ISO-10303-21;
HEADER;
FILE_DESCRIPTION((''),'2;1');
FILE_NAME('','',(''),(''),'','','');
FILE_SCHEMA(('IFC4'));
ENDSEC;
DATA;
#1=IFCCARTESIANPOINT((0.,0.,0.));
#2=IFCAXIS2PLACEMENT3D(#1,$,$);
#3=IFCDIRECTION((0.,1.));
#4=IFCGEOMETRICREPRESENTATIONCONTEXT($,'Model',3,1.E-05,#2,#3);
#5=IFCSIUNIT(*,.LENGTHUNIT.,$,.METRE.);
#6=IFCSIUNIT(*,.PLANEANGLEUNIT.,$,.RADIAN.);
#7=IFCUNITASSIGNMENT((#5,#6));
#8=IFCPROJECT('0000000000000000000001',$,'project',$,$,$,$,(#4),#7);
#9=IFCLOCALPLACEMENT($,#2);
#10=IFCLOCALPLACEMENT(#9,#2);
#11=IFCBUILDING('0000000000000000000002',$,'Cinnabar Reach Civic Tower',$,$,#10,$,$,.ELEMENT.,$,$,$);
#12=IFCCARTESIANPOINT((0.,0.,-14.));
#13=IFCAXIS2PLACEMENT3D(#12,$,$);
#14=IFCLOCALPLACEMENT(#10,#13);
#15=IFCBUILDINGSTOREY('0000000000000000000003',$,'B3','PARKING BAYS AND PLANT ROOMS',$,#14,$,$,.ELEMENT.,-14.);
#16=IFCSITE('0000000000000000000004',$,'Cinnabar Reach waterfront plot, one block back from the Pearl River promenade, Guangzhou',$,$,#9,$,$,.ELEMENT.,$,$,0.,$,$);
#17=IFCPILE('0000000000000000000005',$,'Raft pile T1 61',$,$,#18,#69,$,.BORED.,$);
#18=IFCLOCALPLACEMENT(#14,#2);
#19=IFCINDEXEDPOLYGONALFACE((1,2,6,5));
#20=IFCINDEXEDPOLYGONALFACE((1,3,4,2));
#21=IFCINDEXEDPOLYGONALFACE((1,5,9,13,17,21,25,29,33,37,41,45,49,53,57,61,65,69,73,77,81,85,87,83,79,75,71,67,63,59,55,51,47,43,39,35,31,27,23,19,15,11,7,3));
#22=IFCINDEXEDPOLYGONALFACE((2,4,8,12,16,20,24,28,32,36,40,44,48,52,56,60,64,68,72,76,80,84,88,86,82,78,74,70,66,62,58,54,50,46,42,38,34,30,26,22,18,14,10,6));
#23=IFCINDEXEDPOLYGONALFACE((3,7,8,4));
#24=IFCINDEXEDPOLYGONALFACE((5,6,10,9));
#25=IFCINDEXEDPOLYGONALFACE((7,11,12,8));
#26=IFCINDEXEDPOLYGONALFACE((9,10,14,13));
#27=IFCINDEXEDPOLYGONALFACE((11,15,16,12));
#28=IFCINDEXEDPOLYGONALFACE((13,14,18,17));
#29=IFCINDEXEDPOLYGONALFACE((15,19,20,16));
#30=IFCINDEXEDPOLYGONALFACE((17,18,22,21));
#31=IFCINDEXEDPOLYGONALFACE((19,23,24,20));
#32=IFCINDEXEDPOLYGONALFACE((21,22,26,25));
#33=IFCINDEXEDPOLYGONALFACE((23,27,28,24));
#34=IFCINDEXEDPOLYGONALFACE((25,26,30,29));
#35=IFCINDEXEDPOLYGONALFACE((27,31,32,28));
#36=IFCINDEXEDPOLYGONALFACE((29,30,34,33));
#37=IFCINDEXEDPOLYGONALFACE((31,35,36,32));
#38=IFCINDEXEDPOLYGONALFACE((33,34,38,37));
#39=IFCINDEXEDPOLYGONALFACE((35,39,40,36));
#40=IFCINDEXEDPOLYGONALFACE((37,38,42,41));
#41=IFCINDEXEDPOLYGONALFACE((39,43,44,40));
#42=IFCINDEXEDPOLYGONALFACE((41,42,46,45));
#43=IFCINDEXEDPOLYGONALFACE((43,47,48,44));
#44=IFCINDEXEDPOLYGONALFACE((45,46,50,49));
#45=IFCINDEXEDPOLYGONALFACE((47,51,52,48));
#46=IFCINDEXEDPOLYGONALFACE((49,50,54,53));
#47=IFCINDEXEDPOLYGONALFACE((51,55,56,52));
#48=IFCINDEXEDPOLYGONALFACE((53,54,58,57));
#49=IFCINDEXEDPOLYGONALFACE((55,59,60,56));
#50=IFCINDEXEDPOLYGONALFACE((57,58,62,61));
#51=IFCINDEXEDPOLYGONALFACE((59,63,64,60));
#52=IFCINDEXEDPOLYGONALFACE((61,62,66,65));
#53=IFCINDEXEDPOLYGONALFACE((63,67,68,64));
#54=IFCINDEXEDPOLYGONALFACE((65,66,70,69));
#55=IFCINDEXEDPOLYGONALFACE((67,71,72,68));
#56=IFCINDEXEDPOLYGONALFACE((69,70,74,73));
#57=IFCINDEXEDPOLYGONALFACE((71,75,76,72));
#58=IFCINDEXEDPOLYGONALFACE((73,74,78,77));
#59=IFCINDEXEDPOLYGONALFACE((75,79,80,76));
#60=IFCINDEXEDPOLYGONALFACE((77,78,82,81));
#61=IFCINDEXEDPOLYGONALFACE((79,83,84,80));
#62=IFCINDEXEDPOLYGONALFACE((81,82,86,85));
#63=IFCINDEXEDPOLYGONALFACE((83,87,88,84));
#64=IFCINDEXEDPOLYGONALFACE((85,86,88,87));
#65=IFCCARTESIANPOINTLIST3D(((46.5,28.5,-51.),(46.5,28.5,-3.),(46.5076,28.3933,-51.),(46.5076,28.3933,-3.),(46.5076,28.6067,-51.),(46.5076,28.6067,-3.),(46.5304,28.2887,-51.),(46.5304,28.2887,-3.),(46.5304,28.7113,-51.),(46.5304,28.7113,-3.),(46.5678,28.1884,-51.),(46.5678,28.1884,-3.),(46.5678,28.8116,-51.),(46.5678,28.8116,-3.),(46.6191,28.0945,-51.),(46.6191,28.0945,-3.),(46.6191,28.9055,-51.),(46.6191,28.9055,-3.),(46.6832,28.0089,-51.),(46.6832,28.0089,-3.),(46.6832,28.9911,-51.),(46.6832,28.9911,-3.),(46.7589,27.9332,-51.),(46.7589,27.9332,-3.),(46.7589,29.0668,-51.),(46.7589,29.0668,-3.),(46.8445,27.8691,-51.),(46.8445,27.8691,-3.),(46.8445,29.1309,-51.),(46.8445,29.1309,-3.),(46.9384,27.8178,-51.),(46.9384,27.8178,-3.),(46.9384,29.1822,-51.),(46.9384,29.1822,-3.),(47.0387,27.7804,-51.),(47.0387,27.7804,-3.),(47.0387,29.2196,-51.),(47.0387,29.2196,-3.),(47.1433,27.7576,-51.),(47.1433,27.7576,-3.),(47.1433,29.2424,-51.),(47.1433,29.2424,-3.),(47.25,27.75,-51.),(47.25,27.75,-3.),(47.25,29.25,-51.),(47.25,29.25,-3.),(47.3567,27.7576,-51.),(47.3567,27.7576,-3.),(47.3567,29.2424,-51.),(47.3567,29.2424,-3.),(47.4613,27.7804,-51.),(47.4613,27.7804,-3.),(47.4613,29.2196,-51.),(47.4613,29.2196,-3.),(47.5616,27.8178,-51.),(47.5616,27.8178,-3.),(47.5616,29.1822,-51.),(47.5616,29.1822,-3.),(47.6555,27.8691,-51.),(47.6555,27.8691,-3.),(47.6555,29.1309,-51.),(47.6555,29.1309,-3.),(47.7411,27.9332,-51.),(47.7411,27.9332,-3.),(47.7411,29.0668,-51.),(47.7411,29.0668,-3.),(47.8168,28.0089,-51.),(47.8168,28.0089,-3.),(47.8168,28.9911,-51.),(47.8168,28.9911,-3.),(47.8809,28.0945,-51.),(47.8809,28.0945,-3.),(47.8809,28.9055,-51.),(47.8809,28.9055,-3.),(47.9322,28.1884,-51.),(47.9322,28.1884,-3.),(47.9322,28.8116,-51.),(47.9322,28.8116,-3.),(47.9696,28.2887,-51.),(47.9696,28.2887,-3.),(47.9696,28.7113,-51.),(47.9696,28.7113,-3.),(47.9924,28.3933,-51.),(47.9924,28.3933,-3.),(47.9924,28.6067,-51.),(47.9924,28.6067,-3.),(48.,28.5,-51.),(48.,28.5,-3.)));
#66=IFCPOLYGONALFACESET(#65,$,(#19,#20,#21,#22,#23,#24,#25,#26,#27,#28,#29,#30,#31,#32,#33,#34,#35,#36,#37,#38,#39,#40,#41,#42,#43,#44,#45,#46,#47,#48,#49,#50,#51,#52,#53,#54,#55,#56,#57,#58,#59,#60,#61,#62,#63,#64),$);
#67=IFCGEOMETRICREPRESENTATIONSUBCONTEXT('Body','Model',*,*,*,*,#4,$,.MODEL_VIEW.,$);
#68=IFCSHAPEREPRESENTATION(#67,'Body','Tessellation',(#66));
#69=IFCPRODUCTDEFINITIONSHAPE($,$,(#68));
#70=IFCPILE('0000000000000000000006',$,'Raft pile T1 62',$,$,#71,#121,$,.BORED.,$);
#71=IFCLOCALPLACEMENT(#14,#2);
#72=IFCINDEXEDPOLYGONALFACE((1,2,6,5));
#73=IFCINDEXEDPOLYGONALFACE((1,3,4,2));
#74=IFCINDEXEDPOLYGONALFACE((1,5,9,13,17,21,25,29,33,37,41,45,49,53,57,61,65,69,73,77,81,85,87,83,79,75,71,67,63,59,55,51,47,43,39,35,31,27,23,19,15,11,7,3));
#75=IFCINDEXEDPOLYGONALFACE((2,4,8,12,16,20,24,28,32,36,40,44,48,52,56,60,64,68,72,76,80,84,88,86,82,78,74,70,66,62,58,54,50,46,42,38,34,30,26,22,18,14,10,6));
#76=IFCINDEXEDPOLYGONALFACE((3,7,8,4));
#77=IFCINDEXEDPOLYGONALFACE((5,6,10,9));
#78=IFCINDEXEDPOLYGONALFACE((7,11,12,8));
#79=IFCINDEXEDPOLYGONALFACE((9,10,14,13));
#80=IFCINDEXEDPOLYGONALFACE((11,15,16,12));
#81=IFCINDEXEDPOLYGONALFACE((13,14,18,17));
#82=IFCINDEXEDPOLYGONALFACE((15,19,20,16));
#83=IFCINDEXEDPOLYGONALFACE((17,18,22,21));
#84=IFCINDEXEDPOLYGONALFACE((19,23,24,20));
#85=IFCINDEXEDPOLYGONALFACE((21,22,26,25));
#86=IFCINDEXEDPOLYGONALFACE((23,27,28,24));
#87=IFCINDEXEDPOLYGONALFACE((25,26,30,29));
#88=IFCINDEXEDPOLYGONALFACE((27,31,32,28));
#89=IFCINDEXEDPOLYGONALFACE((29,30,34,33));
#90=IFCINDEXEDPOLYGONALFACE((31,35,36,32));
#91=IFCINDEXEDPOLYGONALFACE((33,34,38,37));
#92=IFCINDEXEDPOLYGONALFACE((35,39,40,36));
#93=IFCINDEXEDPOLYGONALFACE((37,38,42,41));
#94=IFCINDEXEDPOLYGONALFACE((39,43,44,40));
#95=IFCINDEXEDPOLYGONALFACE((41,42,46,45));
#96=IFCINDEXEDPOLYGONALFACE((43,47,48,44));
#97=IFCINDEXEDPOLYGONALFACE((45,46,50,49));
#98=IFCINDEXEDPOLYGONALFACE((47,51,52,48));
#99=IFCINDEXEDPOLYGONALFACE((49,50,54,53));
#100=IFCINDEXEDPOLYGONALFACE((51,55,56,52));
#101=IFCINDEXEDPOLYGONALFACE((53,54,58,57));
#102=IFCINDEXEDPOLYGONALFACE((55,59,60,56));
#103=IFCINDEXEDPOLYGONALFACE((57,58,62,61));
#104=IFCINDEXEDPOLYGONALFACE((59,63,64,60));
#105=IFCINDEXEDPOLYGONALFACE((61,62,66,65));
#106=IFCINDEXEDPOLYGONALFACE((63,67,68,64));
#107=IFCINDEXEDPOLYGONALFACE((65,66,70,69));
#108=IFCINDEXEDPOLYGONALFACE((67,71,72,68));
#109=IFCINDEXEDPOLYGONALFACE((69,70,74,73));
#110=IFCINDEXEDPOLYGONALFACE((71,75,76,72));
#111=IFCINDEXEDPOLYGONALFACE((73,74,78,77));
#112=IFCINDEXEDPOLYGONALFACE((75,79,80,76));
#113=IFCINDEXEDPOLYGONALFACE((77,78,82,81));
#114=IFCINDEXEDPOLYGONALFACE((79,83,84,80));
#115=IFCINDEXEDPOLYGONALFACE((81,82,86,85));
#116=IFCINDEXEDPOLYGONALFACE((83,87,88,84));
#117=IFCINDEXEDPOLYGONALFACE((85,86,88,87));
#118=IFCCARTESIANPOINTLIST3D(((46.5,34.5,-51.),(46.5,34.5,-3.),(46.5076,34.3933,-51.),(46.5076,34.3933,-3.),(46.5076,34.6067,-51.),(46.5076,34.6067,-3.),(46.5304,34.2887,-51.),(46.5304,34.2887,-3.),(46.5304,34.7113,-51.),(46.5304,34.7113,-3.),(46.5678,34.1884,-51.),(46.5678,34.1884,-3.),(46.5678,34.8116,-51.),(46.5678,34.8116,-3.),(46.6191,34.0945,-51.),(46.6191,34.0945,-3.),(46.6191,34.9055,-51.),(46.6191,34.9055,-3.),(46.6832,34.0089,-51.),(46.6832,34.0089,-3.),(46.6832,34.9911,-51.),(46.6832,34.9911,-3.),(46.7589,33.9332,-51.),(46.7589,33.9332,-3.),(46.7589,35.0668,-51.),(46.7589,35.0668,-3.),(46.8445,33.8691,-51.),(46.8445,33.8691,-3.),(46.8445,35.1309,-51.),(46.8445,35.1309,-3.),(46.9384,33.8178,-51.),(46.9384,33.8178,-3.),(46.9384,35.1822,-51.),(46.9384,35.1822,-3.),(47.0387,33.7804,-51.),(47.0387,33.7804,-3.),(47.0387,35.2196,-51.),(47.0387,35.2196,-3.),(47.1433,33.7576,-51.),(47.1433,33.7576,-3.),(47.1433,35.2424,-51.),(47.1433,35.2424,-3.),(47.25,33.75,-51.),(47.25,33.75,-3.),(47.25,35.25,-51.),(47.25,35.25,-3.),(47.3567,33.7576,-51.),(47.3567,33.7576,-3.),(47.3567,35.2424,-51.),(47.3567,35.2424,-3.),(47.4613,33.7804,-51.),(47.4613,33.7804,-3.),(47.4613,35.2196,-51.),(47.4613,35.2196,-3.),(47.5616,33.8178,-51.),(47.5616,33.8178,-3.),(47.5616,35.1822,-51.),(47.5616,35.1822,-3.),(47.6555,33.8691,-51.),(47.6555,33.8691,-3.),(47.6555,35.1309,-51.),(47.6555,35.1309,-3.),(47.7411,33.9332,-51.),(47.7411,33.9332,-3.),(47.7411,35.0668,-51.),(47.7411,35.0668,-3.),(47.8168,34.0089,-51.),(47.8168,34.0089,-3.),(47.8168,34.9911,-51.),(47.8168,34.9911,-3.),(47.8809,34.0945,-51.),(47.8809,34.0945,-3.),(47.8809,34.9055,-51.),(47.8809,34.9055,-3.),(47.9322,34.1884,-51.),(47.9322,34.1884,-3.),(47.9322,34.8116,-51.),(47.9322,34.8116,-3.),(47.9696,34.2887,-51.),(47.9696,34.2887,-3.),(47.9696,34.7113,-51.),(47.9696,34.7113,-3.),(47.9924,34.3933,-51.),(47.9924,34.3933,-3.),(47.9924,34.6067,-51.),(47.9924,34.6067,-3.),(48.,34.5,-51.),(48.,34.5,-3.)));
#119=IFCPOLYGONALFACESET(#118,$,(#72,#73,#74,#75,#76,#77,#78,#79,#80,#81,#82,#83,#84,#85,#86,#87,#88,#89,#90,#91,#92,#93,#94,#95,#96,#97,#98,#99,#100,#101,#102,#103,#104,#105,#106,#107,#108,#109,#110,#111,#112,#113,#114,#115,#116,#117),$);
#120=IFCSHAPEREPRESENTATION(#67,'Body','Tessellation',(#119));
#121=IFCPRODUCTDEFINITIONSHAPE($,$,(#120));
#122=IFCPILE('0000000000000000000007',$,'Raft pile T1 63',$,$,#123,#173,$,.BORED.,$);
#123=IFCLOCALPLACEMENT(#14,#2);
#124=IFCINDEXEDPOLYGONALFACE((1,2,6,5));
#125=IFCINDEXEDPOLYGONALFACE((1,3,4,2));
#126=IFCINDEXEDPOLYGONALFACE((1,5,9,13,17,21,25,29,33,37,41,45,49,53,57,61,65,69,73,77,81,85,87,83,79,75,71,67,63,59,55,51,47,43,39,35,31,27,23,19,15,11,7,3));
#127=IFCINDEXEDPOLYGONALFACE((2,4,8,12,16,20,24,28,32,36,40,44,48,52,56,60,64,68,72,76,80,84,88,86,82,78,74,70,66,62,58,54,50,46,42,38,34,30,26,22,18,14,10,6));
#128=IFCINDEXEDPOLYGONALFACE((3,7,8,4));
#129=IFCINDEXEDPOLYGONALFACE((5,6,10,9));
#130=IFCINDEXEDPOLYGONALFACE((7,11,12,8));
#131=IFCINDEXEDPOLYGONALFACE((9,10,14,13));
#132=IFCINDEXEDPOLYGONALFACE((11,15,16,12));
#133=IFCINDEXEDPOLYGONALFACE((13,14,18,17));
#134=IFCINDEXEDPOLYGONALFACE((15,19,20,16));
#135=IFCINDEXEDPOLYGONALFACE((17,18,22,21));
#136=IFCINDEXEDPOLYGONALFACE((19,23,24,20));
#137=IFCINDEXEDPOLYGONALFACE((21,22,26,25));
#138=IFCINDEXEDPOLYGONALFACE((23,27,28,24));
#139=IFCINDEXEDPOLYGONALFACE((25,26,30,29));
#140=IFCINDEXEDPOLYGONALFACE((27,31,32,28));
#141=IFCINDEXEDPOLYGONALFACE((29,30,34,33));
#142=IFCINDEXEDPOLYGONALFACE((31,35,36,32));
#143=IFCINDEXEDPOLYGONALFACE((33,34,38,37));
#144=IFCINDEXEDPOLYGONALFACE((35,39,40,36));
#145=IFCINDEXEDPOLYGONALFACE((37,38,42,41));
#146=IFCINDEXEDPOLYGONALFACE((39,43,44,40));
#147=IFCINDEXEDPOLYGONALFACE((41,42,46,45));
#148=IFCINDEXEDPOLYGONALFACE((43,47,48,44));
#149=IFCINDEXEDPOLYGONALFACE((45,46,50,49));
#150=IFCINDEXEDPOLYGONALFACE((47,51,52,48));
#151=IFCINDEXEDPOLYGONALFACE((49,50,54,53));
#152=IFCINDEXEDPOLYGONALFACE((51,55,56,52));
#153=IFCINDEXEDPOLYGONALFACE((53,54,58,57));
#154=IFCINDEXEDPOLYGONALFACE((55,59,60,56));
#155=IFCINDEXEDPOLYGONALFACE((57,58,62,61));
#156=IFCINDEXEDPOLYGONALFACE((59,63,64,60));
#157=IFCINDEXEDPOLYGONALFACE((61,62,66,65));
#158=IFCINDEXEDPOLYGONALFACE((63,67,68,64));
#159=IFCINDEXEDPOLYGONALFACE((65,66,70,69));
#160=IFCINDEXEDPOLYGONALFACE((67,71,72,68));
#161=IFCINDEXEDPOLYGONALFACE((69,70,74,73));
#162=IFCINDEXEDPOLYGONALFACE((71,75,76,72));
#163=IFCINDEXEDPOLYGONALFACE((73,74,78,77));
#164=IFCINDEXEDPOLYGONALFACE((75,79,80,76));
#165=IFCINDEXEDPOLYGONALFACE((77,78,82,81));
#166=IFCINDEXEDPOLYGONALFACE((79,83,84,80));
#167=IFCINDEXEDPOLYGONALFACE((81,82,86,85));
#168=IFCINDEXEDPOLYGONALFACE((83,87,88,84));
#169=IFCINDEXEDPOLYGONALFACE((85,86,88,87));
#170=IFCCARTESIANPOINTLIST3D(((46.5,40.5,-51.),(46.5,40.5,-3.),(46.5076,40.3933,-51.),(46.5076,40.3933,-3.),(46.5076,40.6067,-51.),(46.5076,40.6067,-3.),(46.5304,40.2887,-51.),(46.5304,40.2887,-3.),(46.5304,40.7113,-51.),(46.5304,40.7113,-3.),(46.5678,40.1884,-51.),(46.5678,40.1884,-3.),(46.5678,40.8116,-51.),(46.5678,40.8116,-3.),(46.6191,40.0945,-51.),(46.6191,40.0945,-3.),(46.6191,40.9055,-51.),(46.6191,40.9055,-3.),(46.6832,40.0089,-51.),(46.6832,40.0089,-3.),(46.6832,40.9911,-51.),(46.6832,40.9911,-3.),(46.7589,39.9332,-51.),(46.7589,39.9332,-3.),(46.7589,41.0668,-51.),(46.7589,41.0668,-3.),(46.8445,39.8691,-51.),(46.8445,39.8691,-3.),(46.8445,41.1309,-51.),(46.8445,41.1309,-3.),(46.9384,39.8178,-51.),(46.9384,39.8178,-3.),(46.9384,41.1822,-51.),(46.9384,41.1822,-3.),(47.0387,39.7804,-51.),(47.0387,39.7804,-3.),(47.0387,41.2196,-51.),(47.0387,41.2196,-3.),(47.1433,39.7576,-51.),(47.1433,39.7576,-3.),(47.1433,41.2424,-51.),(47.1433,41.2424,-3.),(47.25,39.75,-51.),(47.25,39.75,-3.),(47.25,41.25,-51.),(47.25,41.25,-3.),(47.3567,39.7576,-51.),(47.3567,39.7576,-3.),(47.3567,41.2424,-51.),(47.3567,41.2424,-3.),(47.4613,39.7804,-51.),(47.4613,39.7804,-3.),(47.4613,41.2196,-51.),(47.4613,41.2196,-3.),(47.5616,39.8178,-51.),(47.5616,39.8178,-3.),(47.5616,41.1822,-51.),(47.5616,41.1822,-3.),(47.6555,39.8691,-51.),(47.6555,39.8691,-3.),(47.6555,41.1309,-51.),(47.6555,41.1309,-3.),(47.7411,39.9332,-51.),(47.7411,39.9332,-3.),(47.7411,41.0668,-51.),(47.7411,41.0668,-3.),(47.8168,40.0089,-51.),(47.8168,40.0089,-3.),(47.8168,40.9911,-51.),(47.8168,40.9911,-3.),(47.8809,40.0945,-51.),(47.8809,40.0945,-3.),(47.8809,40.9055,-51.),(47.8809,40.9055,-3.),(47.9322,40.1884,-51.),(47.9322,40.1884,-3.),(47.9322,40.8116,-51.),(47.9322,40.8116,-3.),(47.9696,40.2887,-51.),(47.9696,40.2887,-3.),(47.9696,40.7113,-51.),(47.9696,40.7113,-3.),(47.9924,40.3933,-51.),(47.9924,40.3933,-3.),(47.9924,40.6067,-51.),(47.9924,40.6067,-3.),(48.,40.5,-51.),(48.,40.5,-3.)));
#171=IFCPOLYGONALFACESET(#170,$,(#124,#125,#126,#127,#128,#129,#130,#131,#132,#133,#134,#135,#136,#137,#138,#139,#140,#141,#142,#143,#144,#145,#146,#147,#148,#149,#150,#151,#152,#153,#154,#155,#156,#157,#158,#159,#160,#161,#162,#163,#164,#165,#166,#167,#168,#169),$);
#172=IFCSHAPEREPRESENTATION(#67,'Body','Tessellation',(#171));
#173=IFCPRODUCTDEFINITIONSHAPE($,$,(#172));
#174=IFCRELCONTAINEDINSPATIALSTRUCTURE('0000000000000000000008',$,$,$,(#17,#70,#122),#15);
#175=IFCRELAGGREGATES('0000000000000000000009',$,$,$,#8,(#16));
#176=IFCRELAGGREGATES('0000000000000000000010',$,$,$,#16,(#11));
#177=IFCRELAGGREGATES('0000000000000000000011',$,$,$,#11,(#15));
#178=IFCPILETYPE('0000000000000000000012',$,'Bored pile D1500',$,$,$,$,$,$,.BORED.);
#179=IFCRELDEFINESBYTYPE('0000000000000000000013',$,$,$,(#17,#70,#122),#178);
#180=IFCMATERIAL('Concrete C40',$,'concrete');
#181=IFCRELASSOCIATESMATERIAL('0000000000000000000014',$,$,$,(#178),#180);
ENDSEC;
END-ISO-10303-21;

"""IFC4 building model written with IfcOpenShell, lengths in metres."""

from ifc_helpers import new_model, si_unit, direction, frame, origin, origin_2d, place, context, subcontext, project, spatial, circle, extrude, material, type_object, element, save


model = new_model("IFC4")

# Units and contexts
model_context = context("Model", 3, precision=1e-05, world=origin(), true_north=direction((0.0, 1.0)))
body_context = subcontext(model_context, "Body", "Model", "MODEL_VIEW")
ifc_project = project(units=[si_unit("LENGTHUNIT", "METRE"), si_unit("PLANEANGLEUNIT", "RADIAN")], contexts=[model_context])

# Site, building, storey
site_placement = place(None, origin())
site = spatial("IfcSite", under=ifc_project, at=site_placement, Name="Cinnabar Reach waterfront plot, one block back from the Pearl River promenade, Guangzhou", CompositionType="ELEMENT", RefElevation=0.0)
building_placement = place(site_placement, origin())
building = spatial("IfcBuilding", under=site, at=building_placement, Name="Cinnabar Reach Civic Tower", CompositionType="ELEMENT")
storey_placement = place(building_placement, frame((0.0, 0.0, -14.0)))
storey = spatial("IfcBuildingStorey", under=building, at=storey_placement, Name="B3", Description="PARKING BAYS AND PLANT ROOMS", CompositionType="ELEMENT", Elevation=-14.0)

# Piles
ifc_material_1 = material(Name="Concrete C40", Category="concrete")
pile_type_1 = type_object("IfcPileType", Name="Bored pile D1500", PredefinedType="BORED", material=ifc_material_1)
for number, where, z_axis, x_axis, name in (
    (1, (47.25, 28.5, -3.0), (0.0, 0.0, -1.0), (1.0, 0.0, 0.0), "Raft pile T1 61"),
    (2, (47.25, 34.5, -3.0), (0.0, 0.0, -1.0), (1.0, 0.0, 0.0), "Raft pile T1 62"),
    (3, (47.25, 40.5, -3.0), (0.0, 0.0, -1.0), (1.0, 0.0, 0.0), "Raft pile T1 63"),
):
    element("IfcPile", number, at=place(storey_placement, frame(where, z_axis=z_axis, x_axis=x_axis)), inside=storey, type_object=pile_type_1, Name=name, PredefinedType="BORED", context=body_context, shape_type="SweptSolid", body=[
        extrude(circle(Radius=0.75, at=origin_2d()), origin(), (0.0, 0.0, 1.0), 48.0),
    ])

save(model, "model.ifc")
